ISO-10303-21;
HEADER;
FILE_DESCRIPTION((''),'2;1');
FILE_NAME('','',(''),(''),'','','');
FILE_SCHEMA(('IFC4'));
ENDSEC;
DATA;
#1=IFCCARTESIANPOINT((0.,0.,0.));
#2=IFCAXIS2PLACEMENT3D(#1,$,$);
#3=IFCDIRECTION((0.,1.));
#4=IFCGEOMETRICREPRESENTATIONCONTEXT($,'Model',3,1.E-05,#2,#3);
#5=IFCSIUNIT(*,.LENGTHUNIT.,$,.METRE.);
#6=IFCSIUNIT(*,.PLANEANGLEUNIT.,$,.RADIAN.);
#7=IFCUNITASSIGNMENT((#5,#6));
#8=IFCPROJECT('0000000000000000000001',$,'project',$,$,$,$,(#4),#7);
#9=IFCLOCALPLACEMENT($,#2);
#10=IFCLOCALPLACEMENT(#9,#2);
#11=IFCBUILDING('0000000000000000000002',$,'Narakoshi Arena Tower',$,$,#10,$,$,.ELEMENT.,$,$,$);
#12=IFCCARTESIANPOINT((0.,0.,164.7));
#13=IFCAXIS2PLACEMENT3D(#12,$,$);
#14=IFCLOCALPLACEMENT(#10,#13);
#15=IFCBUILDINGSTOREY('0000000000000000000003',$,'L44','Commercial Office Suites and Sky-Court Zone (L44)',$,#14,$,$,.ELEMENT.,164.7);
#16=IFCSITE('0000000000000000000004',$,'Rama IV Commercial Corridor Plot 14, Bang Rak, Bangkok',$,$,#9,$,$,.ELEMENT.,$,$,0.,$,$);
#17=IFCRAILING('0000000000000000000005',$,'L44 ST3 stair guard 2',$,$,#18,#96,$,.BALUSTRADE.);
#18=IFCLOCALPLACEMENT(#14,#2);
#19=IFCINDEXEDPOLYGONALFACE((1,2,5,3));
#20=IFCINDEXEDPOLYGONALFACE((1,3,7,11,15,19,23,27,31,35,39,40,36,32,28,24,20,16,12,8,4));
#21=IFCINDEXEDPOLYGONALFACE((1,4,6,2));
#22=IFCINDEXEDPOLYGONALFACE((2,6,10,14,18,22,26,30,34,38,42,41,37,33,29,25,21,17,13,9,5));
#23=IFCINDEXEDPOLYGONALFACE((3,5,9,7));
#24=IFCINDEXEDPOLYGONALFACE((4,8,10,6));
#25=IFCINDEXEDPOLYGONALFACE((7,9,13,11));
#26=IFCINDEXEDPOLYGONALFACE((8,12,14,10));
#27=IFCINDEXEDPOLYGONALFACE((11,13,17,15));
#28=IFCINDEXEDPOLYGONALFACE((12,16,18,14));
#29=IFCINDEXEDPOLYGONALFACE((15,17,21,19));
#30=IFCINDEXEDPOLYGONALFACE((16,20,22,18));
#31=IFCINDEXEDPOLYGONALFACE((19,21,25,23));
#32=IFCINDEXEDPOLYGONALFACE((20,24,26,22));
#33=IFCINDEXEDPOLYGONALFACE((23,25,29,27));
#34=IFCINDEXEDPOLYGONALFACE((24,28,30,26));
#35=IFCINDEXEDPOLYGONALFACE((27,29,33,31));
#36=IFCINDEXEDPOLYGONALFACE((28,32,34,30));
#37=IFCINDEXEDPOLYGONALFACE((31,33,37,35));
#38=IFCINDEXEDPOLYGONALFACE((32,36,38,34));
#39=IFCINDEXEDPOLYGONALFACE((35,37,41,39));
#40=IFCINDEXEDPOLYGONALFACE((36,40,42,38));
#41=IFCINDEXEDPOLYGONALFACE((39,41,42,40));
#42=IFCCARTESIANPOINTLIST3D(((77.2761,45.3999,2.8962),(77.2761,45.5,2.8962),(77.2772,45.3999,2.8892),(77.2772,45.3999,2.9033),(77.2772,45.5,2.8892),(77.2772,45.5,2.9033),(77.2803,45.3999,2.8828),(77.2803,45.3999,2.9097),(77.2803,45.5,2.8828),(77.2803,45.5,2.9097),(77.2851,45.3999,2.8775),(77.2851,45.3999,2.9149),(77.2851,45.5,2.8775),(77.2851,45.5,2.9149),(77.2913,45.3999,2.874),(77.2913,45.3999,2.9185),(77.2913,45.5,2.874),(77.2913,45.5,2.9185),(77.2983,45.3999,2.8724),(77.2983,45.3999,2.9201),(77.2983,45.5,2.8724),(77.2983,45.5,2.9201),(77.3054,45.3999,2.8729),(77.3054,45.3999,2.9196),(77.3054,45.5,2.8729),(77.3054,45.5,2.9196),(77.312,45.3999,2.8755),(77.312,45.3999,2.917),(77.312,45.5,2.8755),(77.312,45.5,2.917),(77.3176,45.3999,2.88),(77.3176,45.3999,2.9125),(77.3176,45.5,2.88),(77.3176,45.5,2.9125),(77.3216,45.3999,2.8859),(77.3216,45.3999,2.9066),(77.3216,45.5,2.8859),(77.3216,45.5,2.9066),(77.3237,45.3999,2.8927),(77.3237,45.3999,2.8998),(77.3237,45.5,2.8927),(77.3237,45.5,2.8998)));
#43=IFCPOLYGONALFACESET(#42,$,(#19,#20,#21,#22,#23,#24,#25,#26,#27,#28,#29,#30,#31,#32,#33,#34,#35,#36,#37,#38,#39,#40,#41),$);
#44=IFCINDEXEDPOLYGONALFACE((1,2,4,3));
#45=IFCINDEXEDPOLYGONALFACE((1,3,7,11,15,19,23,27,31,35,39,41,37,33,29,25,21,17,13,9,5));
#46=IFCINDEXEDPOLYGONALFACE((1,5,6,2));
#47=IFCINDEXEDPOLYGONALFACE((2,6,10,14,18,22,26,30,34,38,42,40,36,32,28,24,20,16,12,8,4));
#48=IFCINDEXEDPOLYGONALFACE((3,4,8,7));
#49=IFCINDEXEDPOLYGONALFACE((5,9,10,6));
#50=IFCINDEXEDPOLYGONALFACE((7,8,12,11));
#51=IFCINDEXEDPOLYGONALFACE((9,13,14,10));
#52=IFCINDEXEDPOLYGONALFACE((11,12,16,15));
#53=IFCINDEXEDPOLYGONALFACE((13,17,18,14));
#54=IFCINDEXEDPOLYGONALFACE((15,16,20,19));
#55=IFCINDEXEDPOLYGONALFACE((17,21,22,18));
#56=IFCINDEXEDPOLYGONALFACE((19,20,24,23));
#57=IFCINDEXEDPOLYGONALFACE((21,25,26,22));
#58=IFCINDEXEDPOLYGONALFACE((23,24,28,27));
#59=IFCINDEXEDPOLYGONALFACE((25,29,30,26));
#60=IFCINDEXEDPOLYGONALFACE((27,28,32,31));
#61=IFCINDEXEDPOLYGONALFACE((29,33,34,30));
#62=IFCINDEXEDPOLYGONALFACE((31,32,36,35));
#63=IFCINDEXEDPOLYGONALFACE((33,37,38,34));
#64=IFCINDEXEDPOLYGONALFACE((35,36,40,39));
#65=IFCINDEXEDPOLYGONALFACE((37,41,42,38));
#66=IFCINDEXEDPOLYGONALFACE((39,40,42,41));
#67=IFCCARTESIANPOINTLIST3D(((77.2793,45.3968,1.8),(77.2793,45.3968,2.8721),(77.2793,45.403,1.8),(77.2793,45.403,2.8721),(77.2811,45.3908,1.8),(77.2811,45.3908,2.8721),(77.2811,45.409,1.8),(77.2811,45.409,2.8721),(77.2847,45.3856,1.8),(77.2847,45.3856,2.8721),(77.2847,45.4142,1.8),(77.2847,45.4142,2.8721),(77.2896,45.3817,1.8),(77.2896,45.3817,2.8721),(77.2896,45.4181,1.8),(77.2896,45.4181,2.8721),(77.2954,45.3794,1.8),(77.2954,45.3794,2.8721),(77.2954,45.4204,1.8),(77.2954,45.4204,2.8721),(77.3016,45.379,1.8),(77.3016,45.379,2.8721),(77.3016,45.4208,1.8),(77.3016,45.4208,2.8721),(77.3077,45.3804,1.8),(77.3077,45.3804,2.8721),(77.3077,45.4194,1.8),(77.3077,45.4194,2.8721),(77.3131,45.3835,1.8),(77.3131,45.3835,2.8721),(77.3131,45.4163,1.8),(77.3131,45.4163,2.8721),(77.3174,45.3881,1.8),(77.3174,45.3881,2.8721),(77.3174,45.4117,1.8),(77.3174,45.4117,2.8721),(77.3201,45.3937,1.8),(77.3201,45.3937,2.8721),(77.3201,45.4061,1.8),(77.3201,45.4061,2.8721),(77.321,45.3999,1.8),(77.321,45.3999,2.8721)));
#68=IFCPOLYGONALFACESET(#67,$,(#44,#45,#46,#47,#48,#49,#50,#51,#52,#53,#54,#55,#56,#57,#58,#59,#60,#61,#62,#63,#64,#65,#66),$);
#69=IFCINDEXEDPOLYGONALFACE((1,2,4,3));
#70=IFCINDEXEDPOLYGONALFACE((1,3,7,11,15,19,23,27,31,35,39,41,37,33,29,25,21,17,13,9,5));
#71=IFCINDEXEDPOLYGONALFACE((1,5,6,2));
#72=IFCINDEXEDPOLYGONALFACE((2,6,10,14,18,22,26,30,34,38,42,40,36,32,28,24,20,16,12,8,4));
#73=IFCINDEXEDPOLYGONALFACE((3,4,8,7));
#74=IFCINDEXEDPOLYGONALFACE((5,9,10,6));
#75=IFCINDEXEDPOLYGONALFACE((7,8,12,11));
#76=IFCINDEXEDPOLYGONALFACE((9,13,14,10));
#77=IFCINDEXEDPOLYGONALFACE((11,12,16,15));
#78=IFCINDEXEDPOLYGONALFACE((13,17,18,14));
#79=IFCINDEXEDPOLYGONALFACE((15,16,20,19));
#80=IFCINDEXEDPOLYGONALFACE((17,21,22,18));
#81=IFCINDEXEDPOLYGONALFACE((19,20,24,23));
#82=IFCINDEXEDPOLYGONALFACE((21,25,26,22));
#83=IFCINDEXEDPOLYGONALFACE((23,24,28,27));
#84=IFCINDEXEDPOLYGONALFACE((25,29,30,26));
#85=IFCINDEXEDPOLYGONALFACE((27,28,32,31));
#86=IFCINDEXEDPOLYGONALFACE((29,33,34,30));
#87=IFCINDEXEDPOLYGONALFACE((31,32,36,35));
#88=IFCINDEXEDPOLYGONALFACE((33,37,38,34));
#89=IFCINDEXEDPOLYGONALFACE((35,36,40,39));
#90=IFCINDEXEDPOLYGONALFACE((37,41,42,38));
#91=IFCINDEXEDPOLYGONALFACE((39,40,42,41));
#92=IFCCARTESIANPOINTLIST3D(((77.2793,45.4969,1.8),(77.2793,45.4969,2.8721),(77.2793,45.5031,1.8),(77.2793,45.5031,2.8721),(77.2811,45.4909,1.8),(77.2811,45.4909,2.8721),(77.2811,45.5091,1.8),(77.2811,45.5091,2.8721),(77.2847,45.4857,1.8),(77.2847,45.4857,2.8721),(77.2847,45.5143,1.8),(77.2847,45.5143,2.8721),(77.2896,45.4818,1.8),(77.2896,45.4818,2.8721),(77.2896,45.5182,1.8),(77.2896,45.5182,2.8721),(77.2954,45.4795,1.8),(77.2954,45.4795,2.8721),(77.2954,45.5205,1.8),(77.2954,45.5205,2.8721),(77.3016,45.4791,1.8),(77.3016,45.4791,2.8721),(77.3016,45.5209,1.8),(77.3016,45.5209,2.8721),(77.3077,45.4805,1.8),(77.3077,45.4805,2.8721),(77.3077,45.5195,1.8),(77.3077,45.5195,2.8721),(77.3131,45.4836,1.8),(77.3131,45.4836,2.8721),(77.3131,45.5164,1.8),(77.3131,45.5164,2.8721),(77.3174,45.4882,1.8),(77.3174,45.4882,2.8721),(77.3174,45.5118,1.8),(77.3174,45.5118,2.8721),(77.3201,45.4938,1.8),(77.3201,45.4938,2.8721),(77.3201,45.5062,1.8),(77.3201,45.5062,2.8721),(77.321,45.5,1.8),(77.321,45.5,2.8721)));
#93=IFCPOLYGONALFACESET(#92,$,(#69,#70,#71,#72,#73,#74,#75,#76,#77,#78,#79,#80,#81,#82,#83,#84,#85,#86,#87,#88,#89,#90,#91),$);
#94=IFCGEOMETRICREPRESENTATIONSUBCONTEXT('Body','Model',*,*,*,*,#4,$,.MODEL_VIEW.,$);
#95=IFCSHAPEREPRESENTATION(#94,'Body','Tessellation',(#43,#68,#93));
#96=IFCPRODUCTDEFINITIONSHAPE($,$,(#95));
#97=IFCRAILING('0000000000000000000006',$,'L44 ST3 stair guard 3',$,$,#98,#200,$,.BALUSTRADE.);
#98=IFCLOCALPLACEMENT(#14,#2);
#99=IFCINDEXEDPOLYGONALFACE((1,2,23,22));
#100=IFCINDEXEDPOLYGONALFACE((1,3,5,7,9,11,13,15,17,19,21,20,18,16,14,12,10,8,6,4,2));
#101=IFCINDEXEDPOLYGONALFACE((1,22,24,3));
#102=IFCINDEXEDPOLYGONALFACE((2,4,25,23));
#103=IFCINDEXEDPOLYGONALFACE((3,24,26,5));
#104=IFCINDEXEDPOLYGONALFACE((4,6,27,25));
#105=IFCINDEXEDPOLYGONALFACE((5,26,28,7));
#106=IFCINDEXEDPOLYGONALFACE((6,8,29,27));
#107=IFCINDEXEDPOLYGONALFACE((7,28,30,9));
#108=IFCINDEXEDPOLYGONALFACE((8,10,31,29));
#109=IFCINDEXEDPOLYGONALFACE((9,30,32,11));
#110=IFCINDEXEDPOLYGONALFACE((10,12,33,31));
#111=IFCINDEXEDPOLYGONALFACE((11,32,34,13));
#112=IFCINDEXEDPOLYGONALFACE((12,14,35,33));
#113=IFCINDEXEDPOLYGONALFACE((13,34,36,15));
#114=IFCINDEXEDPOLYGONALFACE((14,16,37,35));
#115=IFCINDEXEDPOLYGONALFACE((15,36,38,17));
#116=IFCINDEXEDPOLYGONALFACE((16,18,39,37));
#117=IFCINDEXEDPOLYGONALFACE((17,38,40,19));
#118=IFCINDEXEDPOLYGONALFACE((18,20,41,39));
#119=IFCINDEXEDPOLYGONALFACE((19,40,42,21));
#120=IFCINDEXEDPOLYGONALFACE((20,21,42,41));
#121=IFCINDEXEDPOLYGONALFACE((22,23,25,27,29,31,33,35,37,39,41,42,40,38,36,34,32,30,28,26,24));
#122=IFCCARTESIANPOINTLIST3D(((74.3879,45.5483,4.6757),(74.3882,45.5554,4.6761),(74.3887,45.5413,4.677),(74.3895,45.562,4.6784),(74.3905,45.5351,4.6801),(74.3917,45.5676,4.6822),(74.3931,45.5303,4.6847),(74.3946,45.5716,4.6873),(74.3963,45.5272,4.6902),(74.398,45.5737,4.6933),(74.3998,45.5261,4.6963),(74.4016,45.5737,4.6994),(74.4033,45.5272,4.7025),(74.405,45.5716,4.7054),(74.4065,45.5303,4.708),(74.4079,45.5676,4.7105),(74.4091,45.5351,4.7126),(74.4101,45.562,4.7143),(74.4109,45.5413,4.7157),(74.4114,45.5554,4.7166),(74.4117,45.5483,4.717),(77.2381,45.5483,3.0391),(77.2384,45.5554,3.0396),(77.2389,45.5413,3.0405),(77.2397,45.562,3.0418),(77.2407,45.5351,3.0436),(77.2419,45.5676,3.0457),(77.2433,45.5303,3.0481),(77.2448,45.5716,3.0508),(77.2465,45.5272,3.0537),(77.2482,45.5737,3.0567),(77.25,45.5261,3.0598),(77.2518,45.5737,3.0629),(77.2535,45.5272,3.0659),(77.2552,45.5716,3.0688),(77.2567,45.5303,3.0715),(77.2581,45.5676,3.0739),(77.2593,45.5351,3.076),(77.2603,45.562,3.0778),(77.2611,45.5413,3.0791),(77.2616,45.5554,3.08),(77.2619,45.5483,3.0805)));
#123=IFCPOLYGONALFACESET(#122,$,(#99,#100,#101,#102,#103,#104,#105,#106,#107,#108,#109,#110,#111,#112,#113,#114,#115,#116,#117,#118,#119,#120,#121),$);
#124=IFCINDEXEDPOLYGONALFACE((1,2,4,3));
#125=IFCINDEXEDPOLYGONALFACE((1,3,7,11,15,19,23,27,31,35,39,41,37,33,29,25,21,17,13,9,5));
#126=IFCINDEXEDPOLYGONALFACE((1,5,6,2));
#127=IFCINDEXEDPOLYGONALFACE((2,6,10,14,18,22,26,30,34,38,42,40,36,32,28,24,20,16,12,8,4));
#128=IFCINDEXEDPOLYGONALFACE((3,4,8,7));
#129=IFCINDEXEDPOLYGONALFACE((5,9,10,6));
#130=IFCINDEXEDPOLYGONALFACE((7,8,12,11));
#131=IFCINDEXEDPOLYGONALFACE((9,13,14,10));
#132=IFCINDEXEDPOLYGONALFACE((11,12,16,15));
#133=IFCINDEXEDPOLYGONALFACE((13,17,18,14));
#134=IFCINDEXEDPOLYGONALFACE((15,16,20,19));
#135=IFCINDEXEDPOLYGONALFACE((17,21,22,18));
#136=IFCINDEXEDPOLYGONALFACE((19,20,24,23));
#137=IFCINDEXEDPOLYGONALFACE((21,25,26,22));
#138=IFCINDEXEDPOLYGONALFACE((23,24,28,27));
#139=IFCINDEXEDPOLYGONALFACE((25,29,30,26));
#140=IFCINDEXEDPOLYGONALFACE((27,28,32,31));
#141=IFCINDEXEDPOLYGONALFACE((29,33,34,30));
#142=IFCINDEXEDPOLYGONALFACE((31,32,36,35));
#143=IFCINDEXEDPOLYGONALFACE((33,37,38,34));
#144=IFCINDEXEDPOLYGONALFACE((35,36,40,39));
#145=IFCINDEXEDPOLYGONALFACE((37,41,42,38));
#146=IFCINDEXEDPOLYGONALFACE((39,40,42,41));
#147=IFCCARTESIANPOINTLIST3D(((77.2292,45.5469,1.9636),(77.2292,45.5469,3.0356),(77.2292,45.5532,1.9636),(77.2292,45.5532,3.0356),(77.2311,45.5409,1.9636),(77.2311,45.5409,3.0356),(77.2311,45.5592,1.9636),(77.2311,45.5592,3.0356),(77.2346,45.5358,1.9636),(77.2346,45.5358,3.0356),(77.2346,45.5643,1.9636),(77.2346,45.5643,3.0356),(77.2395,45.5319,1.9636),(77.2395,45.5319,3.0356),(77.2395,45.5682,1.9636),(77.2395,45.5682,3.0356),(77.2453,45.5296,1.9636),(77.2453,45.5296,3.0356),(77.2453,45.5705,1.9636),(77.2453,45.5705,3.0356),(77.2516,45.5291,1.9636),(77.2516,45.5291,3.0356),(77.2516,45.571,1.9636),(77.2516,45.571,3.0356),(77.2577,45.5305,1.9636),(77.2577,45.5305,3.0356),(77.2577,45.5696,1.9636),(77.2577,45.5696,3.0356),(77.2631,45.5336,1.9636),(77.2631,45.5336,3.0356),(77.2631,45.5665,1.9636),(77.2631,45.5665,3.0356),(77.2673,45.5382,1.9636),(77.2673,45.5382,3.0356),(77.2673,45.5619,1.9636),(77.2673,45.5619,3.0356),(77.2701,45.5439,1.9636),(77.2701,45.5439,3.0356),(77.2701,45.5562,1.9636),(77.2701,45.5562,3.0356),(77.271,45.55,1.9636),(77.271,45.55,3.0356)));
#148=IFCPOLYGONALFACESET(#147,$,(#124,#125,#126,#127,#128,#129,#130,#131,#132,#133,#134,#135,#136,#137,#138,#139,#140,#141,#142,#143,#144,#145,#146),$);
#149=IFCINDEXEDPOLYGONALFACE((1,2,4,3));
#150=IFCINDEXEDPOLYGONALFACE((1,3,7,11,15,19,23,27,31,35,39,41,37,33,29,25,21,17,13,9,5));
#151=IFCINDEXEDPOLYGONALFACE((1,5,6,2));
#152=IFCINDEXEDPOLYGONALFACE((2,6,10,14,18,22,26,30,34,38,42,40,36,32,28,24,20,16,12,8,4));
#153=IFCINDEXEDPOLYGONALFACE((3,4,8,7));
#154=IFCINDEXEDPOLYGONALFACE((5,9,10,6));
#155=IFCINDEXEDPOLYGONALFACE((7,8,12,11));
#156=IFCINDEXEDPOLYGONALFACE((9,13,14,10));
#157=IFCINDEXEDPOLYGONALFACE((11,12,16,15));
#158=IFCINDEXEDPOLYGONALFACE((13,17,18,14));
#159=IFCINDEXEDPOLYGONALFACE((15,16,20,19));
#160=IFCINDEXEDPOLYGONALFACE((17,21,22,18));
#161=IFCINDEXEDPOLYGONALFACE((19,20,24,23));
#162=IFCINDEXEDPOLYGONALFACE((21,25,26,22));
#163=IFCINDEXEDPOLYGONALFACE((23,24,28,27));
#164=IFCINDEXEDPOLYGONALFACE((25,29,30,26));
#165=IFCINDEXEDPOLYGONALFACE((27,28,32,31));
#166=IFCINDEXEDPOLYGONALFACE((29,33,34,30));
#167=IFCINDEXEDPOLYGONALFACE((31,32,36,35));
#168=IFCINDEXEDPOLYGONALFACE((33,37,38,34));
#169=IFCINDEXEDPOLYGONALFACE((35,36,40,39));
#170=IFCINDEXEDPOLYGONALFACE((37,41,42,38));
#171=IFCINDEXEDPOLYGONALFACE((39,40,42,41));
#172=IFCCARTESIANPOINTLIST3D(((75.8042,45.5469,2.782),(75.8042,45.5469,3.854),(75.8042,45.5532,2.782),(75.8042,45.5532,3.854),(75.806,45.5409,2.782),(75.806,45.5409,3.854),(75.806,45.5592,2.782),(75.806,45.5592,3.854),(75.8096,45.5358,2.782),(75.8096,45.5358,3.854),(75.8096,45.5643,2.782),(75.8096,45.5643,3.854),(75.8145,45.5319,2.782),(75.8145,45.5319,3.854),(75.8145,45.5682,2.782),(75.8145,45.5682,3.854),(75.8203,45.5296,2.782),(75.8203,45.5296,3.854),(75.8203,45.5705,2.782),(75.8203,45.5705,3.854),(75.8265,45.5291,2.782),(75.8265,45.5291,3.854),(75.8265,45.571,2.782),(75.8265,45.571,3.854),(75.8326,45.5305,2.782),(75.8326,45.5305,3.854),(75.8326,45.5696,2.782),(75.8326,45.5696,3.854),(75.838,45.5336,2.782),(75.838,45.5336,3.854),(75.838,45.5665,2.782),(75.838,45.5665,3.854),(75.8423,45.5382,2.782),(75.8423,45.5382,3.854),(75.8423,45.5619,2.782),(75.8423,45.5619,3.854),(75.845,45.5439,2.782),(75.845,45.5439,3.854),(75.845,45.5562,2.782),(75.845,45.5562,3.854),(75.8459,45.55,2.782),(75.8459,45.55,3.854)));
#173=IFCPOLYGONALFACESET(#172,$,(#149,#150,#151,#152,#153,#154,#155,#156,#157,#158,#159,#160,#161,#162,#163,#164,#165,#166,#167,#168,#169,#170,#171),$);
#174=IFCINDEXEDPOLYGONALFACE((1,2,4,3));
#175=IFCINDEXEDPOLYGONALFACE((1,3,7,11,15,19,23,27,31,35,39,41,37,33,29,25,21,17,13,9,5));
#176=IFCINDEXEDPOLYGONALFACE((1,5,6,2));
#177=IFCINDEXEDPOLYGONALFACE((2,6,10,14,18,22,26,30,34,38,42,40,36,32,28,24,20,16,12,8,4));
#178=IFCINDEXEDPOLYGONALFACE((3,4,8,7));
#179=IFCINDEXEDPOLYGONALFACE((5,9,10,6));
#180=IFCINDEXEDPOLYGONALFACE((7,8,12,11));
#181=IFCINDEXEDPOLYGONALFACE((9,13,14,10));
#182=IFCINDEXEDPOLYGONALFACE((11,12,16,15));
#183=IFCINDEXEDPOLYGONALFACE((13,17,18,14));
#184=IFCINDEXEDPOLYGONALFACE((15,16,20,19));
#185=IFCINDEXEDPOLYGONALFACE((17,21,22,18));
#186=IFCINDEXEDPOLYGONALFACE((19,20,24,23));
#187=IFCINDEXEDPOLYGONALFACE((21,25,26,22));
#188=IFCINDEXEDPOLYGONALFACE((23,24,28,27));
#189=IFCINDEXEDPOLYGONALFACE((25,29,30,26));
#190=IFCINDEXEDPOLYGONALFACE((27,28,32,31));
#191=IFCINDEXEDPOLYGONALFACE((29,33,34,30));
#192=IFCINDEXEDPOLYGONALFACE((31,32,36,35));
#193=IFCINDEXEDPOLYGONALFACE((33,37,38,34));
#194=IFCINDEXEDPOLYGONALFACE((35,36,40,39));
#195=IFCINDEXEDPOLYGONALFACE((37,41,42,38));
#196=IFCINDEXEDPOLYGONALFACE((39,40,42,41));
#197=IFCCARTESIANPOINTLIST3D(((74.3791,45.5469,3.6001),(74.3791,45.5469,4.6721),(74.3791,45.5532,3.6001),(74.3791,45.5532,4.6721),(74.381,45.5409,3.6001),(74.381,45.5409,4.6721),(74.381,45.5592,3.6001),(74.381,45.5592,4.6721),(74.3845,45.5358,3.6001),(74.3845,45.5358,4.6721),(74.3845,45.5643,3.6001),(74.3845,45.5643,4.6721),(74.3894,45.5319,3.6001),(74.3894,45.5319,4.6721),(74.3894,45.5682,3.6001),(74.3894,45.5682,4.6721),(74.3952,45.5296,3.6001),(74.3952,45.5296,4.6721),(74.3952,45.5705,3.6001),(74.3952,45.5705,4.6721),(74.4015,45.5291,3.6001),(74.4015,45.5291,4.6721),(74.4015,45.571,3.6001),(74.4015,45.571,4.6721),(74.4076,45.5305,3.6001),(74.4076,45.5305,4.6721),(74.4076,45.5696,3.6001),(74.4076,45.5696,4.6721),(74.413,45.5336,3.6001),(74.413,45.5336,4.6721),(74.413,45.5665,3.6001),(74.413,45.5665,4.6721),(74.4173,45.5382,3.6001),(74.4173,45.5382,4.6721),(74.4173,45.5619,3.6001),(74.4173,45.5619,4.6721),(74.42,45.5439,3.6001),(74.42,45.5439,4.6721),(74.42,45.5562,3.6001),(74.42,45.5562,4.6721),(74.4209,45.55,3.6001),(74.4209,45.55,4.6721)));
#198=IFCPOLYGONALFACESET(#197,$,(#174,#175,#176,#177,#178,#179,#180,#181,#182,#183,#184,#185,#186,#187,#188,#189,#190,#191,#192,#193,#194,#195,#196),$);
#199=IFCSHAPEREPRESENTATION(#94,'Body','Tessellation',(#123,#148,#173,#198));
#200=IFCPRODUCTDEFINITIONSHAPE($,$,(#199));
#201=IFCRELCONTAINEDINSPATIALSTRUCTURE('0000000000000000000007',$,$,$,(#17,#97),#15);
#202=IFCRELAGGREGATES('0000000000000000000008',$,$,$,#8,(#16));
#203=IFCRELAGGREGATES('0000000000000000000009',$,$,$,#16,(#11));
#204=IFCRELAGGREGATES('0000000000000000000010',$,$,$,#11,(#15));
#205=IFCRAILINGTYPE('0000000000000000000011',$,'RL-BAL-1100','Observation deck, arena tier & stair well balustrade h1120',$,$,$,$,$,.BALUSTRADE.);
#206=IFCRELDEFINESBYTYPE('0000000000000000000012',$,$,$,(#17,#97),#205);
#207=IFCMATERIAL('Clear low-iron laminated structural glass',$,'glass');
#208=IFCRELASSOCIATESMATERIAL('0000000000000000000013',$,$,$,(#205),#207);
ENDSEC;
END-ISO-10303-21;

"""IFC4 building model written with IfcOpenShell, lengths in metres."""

from ifc_helpers import new_model, si_unit, direction, frame, origin, origin_2d, place, context, subcontext, project, spatial, circle, extrude, material, type_object, element, save


model = new_model("IFC4")

# Units and contexts
model_context = context("Model", 3, precision=1e-05, world=origin(), true_north=direction((0.0, 1.0)))
body_context = subcontext(model_context, "Body", "Model", "MODEL_VIEW")
ifc_project = project(units=[si_unit("LENGTHUNIT", "METRE"), si_unit("PLANEANGLEUNIT", "RADIAN")], contexts=[model_context])

# Site, building, storey
site_placement = place(None, origin())
site = spatial("IfcSite", under=ifc_project, at=site_placement, Name="Rama IV Commercial Corridor Plot 14, Bang Rak, Bangkok", CompositionType="ELEMENT", RefElevation=0.0)
building_placement = place(site_placement, origin())
building = spatial("IfcBuilding", under=site, at=building_placement, Name="Narakoshi Arena Tower", CompositionType="ELEMENT")
storey_placement = place(building_placement, frame((0.0, 0.0, 164.7)))
storey = spatial("IfcBuildingStorey", under=building, at=storey_placement, Name="L44", Description="Commercial Office Suites and Sky-Court Zone (L44)", CompositionType="ELEMENT", Elevation=164.7)

# Railings
ifc_material_1 = material(Name="Clear low-iron laminated structural glass", Category="glass")
railing_type_1 = type_object("IfcRailingType", Name="RL-BAL-1100", Description="Observation deck, arena tier & stair well balustrade h1120", PredefinedType="BALUSTRADE", material=ifc_material_1)
railing_1_placement = place(storey_placement, frame((77.3, 45.3999, 1.8)))
element("IfcRailing", 1, at=railing_1_placement, inside=storey, type_object=railing_type_1, Name="L44 ST3 stair guard 2", PredefinedType="BALUSTRADE", context=body_context, shape_type="SweptSolid", body=[
    extrude(circle(Radius=0.0239, at=origin_2d()), frame((0.0, 0.0, 1.0962), z_axis=(0.0, 1.0, 0.0), x_axis=(-1.0, 0.0, 0.0)), (0.0, 0.0, 1.0), 0.1001),
    extrude(circle(Radius=0.021, at=origin_2d()), origin(), (0.0, 0.0, 1.0), 1.072),
    extrude(circle(Radius=0.021, at=origin_2d()), frame((0.0, 0.1001, 0.0)), (0.0, 0.0, 1.0), 1.072),
])
railing_2_placement = place(storey_placement, frame((77.25, 45.55, 1.9636)))
element("IfcRailing", 2, at=railing_2_placement, inside=storey, type_object=railing_type_1, Name="L44 ST3 stair guard 3", PredefinedType="BALUSTRADE", context=body_context, shape_type="SweptSolid", body=[
    extrude(circle(Radius=0.0239, at=origin_2d()), frame((0.0, 0.0, 1.0962), z_axis=(-0.867213, 0.0, 0.497938), x_axis=(0.0, -1.0, 0.0)), (0.0, 0.0, 1.0), 3.2866),
    extrude(circle(Radius=0.021, at=origin_2d()), origin(), (0.0, 0.0, 1.0), 1.072),
    extrude(circle(Radius=0.021, at=origin_2d()), frame((-1.425, 0.0, 0.8184)), (0.0, 0.0, 1.0), 1.072),
    extrude(circle(Radius=0.021, at=origin_2d()), frame((-2.8501, 0.0, 1.6365)), (0.0, 0.0, 1.0), 1.072),
])

save(model, "model.ifc")
